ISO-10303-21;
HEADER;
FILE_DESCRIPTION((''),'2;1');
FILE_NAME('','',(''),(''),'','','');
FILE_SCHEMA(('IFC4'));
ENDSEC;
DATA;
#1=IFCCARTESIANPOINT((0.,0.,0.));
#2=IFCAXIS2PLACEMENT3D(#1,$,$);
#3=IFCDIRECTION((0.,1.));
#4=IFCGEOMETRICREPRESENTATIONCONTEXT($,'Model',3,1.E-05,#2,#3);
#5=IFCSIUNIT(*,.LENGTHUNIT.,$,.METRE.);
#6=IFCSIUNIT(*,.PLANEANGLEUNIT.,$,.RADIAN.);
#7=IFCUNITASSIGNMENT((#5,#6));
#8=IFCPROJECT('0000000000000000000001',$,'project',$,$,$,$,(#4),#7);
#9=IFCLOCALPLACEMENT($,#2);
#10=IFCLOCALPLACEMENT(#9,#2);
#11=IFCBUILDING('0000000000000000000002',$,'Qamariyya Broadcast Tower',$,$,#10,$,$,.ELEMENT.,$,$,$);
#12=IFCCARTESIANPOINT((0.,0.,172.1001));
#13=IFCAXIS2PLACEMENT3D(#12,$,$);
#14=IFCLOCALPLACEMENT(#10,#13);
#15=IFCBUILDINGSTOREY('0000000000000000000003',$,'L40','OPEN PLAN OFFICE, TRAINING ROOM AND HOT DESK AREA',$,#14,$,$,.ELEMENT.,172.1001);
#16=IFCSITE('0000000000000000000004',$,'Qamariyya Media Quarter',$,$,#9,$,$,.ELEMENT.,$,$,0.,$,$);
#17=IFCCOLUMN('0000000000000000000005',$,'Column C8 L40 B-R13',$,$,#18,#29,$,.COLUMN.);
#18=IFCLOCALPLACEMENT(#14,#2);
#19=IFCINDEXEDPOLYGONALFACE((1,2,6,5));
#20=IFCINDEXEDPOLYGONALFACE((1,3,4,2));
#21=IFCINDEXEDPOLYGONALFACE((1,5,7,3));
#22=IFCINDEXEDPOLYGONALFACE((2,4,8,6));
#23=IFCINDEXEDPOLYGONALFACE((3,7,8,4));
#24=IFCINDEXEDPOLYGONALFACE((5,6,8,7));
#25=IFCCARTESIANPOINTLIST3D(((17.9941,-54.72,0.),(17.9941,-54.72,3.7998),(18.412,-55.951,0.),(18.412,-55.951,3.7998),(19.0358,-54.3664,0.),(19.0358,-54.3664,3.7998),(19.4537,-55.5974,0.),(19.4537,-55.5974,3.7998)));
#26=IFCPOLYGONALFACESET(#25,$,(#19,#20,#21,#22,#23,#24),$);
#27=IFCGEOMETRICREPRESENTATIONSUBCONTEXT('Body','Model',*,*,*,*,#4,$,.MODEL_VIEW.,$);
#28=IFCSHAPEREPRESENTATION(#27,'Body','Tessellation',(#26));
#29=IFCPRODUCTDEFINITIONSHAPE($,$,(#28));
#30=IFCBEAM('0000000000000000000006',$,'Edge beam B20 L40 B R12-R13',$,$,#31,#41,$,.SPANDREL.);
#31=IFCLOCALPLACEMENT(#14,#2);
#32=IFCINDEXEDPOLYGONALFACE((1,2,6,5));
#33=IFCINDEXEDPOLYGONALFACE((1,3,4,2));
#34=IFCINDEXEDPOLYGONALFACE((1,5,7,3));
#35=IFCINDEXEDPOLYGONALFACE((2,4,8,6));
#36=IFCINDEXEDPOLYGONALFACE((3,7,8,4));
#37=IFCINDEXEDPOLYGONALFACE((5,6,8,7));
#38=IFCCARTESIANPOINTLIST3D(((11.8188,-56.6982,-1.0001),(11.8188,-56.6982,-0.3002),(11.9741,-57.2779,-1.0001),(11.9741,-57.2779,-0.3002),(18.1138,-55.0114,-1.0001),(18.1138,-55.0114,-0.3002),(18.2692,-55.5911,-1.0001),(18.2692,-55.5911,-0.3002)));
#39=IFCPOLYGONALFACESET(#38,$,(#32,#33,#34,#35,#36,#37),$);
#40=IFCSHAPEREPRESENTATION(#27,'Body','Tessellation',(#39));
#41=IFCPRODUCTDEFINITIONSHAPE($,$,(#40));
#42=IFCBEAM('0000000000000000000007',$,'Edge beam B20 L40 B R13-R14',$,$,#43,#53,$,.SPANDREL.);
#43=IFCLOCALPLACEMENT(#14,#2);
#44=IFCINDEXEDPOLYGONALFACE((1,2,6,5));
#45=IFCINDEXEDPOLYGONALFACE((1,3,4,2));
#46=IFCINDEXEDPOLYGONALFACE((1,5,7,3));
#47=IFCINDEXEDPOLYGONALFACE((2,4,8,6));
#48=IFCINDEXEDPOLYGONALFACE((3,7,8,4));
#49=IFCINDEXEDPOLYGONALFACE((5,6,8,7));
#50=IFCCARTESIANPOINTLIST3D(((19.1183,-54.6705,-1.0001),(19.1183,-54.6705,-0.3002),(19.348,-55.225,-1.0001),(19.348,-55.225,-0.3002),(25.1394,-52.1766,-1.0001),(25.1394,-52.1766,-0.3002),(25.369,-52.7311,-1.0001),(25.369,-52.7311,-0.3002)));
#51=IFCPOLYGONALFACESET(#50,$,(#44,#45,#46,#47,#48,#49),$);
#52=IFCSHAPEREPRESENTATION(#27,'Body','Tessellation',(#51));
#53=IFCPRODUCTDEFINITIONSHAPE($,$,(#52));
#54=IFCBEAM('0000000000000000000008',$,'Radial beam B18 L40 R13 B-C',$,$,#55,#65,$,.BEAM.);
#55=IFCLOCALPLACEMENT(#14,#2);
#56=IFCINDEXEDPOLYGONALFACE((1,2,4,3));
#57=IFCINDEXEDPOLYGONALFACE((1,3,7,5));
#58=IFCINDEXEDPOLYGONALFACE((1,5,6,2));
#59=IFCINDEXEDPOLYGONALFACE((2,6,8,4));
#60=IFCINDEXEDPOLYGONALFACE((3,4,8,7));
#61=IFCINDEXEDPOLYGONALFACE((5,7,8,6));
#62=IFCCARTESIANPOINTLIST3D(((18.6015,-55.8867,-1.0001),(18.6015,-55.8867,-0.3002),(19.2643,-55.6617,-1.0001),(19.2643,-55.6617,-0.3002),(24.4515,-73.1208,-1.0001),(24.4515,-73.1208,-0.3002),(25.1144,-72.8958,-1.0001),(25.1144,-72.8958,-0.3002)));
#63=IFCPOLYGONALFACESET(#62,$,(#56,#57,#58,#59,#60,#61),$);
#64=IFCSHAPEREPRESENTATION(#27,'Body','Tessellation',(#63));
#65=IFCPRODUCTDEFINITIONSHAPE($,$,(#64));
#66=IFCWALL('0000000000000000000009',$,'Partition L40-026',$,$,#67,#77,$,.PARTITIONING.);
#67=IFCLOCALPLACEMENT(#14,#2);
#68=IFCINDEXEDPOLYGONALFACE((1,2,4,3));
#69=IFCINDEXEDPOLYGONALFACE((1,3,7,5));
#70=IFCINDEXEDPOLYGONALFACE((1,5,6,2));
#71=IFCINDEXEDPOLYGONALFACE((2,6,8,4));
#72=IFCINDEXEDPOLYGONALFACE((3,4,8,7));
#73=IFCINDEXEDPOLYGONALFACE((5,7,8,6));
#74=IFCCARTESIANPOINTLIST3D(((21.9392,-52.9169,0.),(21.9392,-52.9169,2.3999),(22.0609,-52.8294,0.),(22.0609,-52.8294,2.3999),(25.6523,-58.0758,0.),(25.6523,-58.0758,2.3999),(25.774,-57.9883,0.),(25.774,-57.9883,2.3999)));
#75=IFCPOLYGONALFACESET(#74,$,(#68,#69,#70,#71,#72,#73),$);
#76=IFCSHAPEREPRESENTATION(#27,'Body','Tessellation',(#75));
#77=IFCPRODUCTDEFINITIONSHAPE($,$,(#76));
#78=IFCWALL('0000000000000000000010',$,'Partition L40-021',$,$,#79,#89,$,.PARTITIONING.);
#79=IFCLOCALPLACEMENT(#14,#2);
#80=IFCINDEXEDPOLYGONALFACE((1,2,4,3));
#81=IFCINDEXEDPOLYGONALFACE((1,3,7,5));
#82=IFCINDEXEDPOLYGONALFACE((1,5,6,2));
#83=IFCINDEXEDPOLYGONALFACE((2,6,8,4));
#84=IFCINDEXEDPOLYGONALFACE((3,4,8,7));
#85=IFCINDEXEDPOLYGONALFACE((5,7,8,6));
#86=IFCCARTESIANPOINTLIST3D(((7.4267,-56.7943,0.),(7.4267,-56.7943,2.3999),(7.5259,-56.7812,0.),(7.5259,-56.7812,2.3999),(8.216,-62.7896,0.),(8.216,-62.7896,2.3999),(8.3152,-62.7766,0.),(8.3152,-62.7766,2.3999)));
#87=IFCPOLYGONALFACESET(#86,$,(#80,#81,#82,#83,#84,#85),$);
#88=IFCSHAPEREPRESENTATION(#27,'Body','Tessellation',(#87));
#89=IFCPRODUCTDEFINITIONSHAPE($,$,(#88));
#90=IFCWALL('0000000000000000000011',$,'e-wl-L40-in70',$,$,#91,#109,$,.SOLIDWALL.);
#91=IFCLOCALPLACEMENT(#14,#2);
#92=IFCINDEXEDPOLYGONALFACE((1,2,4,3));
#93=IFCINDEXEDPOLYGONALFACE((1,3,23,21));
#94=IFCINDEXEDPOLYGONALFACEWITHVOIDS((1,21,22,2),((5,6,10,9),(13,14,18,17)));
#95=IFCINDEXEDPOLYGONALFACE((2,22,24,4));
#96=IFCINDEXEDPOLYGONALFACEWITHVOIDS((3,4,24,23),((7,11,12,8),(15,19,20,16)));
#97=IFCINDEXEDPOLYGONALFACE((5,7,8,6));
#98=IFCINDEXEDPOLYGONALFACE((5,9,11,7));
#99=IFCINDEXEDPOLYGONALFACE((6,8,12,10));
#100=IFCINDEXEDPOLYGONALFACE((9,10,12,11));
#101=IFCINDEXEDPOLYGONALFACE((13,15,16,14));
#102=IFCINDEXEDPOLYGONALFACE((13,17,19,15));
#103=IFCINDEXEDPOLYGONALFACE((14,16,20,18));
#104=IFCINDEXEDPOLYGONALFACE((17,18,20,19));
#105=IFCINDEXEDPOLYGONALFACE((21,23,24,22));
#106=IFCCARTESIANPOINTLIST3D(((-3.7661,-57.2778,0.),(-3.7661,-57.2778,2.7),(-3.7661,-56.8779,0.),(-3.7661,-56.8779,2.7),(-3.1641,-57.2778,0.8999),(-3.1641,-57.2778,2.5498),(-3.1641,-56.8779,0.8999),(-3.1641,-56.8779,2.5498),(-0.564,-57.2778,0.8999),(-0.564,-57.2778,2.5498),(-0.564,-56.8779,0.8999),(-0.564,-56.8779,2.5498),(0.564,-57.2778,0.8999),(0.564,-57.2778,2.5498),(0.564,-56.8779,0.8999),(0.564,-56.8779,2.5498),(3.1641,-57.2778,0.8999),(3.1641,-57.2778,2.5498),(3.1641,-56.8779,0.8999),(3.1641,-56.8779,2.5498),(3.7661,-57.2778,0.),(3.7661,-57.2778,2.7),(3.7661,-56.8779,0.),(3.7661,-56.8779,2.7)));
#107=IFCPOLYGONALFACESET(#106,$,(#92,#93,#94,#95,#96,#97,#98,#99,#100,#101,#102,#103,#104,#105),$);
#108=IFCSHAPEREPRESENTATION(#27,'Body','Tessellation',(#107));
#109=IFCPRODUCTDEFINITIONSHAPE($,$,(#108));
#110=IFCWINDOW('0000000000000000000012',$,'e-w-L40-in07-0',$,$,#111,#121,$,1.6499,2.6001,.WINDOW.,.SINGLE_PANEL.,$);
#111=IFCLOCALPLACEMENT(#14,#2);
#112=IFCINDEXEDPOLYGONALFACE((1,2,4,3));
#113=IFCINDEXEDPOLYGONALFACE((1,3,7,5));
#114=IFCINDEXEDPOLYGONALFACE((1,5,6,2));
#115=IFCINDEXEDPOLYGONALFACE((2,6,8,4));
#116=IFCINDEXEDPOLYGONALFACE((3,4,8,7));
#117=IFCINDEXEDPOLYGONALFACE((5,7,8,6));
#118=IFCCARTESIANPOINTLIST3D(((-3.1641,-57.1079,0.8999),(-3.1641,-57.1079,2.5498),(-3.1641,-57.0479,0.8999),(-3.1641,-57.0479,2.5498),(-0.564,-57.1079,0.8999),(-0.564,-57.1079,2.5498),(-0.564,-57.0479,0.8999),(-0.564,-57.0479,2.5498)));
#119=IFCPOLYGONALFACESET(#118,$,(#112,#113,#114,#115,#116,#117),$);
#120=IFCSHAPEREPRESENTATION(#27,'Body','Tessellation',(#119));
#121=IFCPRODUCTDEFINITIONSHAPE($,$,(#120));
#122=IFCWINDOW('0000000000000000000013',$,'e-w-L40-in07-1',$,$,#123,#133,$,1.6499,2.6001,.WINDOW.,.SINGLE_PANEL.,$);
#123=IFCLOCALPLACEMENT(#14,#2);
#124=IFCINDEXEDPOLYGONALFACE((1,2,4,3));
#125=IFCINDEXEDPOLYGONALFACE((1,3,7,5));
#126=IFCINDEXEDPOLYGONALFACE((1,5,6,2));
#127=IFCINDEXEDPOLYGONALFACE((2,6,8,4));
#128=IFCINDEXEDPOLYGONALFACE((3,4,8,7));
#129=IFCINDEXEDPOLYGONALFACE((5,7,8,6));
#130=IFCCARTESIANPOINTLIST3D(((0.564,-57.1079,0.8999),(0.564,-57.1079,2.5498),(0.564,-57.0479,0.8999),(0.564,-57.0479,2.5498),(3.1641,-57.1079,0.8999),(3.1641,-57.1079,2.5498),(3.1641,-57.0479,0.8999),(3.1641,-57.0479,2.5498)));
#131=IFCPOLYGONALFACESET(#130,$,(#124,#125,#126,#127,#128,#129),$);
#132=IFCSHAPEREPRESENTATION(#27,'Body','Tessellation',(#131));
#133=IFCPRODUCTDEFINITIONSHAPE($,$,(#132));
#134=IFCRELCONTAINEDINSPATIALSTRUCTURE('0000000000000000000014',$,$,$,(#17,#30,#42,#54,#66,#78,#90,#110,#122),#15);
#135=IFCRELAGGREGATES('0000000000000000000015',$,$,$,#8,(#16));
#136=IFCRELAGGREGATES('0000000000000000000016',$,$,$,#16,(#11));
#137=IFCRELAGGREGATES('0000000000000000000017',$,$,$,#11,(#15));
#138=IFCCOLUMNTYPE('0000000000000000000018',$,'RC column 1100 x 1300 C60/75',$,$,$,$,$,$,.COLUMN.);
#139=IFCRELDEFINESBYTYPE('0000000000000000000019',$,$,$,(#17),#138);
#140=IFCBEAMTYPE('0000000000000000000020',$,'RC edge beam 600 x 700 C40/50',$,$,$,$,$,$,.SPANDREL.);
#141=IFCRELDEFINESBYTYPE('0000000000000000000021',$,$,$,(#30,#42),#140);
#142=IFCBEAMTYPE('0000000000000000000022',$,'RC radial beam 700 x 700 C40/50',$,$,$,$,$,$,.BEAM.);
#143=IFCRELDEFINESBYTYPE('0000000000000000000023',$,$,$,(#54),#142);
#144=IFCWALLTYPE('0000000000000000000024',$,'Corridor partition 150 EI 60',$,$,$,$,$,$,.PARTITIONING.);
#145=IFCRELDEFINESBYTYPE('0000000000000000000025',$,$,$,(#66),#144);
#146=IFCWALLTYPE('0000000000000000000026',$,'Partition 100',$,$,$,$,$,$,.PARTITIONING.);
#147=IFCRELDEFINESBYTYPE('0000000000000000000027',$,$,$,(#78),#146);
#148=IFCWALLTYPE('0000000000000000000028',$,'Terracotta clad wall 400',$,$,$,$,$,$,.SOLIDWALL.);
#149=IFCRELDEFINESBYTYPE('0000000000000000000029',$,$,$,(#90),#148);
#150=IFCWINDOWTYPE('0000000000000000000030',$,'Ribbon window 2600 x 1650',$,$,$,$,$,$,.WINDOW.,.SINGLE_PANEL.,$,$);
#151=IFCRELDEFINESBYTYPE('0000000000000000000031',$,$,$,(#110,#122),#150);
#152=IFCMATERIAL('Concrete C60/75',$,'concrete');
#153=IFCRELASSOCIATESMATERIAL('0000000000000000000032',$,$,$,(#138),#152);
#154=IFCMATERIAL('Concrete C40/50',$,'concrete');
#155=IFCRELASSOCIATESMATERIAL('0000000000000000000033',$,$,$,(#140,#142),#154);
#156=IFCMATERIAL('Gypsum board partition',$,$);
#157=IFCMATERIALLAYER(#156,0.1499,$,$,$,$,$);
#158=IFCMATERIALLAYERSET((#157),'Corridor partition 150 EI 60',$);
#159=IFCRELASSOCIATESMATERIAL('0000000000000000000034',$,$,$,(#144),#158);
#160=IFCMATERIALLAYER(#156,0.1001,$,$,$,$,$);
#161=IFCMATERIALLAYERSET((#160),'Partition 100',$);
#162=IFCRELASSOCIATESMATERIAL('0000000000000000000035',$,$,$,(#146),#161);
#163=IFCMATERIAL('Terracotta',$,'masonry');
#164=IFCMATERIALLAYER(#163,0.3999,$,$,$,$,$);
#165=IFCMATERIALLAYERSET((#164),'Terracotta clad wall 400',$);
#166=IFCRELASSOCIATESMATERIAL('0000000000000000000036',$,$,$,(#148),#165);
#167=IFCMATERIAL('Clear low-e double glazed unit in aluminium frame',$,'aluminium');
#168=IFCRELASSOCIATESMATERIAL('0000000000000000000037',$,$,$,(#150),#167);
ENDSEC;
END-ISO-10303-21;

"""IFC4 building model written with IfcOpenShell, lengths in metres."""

from ifc_helpers import new_model, si_unit, direction, frame, frame_2d, origin, origin_2d, place, context, subcontext, project, spatial, rectangle, extrude, material, layer, layer_set, material_profile, profile_set, type_object, element, fill, save


model = new_model("IFC4")

# Units and contexts
model_context = context("Model", 3, precision=1e-05, world=origin(), true_north=direction((0.0, 1.0)))
body_context = subcontext(model_context, "Body", "Model", "MODEL_VIEW")
ifc_project = project(units=[si_unit("LENGTHUNIT", "METRE"), si_unit("PLANEANGLEUNIT", "RADIAN")], contexts=[model_context])

# Site, building, storey
site_placement = place(None, origin())
site = spatial("IfcSite", under=ifc_project, at=site_placement, Name="Qamariyya Media Quarter", CompositionType="ELEMENT", RefElevation=0.0)
building_placement = place(site_placement, origin())
building = spatial("IfcBuilding", under=site, at=building_placement, Name="Qamariyya Broadcast Tower", CompositionType="ELEMENT")
storey_placement = place(building_placement, frame((0.0, 0.0, 172.1001)))
storey = spatial("IfcBuildingStorey", under=building, at=storey_placement, Name="L40", Description="OPEN PLAN OFFICE, TRAINING ROOM AND HOT DESK AREA", CompositionType="ELEMENT", Elevation=172.1001)

# Column
ifc_material_1 = material(Name="Concrete C60/75", Category="concrete")
ifc_material_profile_1 = material_profile(ifc_material_1, rectangle(XDim=1.1001, YDim=1.3, at=origin_2d()))
ifc_profile_set_1 = profile_set([ifc_material_profile_1], Name="Concrete C60/75")
column_type = type_object("IfcColumnType", Name="RC column 1100 x 1300 C60/75", PredefinedType="COLUMN", material=ifc_profile_set_1)
column_placement = place(storey_placement, frame((18.7239, -55.1587, 0.0), z_axis=(0.0, 0.0, 1.0), x_axis=(0.94693, 0.321439, 0.0)))
element("IfcColumn", 1, at=column_placement, inside=storey, type_object=column_type, Name="Column C8 L40 B-R13", PredefinedType="COLUMN", context=body_context, shape_type="SweptSolid", body=[
    extrude(rectangle(XDim=1.1001, YDim=1.3, at=origin_2d()), origin(), (0.0, 0.0, 1.0), 3.7998),
])

# Beams
ifc_material_2 = material(Name="Concrete C40/50", Category="concrete")
ifc_material_profile_2 = material_profile(ifc_material_2, rectangle(XDim=0.6001, YDim=0.7, at=origin_2d()))
ifc_profile_set_2 = profile_set([ifc_material_profile_2], Name="Concrete C40/50")
beam_type_1 = type_object("IfcBeamType", Name="RC edge beam 600 x 700 C40/50", PredefinedType="SPANDREL", material=ifc_profile_set_2)
for number, where, z_axis, x_axis, name in (
    (2, (11.8965, -56.988, -0.6501), (0.965924, 0.258826, 0.0), (-0.258826, 0.965924, 0.0), "Edge beam B20 L40 B R12-R13"),
    (3, (19.2332, -54.9478, -0.6501), (0.923884, 0.382673, 0.0), (-0.382673, 0.923884, 0.0), "Edge beam B20 L40 B R13-R14"),
):
    element("IfcBeam", number, at=place(storey_placement, frame(where, z_axis=z_axis, x_axis=x_axis)), inside=storey, type_object=beam_type_1, Name=name, PredefinedType="SPANDREL", context=body_context, shape_type="SweptSolid", body=[
        extrude(rectangle(XDim=0.6001, YDim=0.7, at=origin_2d()), origin(), (0.0, 0.0, 1.0), 6.5171),
    ])
ifc_material_profile_3 = material_profile(ifc_material_2, rectangle(XDim=0.7, YDim=0.7, at=origin_2d()))
ifc_profile_set_3 = profile_set([ifc_material_profile_3], Name="Concrete C40/50")
beam_type_2 = type_object("IfcBeamType", Name="RC radial beam 700 x 700 C40/50", PredefinedType="BEAM", material=ifc_profile_set_3)
beam_placement = place(storey_placement, frame((18.9329, -55.7742, -0.6501), z_axis=(0.321434, -0.946932, 0.0), x_axis=(0.946932, 0.321434, 0.0)))
element("IfcBeam", 4, at=beam_placement, inside=storey, type_object=beam_type_2, Name="Radial beam B18 L40 R13 B-C", PredefinedType="BEAM", context=body_context, shape_type="SweptSolid", body=[
    extrude(rectangle(XDim=0.7, YDim=0.7, at=origin_2d()), origin(), (0.0, 0.0, 1.0), 18.2),
])

# Walls
ifc_material_3 = material(Name="Gypsum board partition")
ifc_layer_1 = layer(ifc_material_3, 0.1499)
ifc_layer_set_1 = layer_set([ifc_layer_1], Name="Corridor partition 150 EI 60")
wall_type_1 = type_object("IfcWallType", Name="Corridor partition 150 EI 60", PredefinedType="PARTITIONING", material=ifc_layer_set_1)
wall_1_placement = place(storey_placement, frame((22.0, -52.873, 0.0), z_axis=(0.0, 0.0, 1.0), x_axis=(0.58417, -0.811631, 0.0)))
element("IfcWall", 5, at=wall_1_placement, inside=storey, type_object=wall_type_1, Name="Partition L40-026", PredefinedType="PARTITIONING", context=body_context, shape_type="SweptSolid", body=[
    extrude(rectangle(XDim=6.3562, YDim=0.1499, at=frame_2d((3.1782, 0.0))), origin(), (0.0, 0.0, 1.0), 2.3999),
])
ifc_layer_2 = layer(ifc_material_3, 0.1001)
ifc_layer_set_2 = layer_set([ifc_layer_2], Name="Partition 100")
wall_type_2 = type_object("IfcWallType", Name="Partition 100", PredefinedType="PARTITIONING", material=ifc_layer_set_2)
wall_2_placement = place(storey_placement, frame((7.4763, -56.7878, 0.0), z_axis=(0.0, 0.0, 1.0), x_axis=(0.130527, -0.991445, 0.0)))
element("IfcWall", 6, at=wall_2_placement, inside=storey, type_object=wall_type_2, Name="Partition L40-021", PredefinedType="PARTITIONING", context=body_context, shape_type="SweptSolid", body=[
    extrude(rectangle(XDim=6.0471, YDim=0.1001, at=frame_2d((3.0234, 0.0))), origin(), (0.0, 0.0, 1.0), 2.3999),
])

# Wall, openings, windows
ifc_material_4 = material(Name="Terracotta", Category="masonry")
ifc_layer_3 = layer(ifc_material_4, 0.3999)
ifc_layer_set_3 = layer_set([ifc_layer_3], Name="Terracotta clad wall 400")
wall_type_3 = type_object("IfcWallType", Name="Terracotta clad wall 400", PredefinedType="SOLIDWALL", material=ifc_layer_set_3)
wall_3_placement = place(storey_placement, frame((3.7661, -57.0779, 0.0), z_axis=(0.0, 0.0, 1.0), x_axis=(-1.0, 0.0, 0.0)))
wall_3 = element("IfcWall", 7, at=wall_3_placement, inside=storey, type_object=wall_type_3, Name="e-wl-L40-in70", PredefinedType="SOLIDWALL", context=body_context, shape_type="SweptSolid", body=[
    extrude(rectangle(XDim=7.5322, YDim=0.3999, at=frame_2d((3.7661, 0.0))), origin(), (0.0, 0.0, 1.0), 2.7),
])
opening_1_placement = place(wall_3_placement, frame((4.3301, 0.0, 0.8999)))
opening_1 = element("IfcOpeningElement", 8, at=opening_1_placement, cuts=wall_3, PredefinedType="OPENING", context=body_context, shape_type="SweptSolid", body=[
    extrude(rectangle(XDim=2.6001, YDim=1.6499, at=frame_2d((1.3, 0.825))), frame((0.0, 0.21, 0.0), z_axis=(0.0, -1.0, 0.0), x_axis=(1.0, 0.0, 0.0)), (0.0, 0.0, 1.0), 0.4199),
])
opening_2_placement = place(wall_3_placement, frame((0.6021, 0.0, 0.8999)))
opening_2 = element("IfcOpeningElement", 9, at=opening_2_placement, cuts=wall_3, PredefinedType="OPENING", context=body_context, shape_type="SweptSolid", body=[
    extrude(rectangle(XDim=2.6001, YDim=1.6499, at=frame_2d((1.3, 0.825))), frame((0.0, 0.21, 0.0), z_axis=(0.0, -1.0, 0.0), x_axis=(1.0, 0.0, 0.0)), (0.0, 0.0, 1.0), 0.4199),
])
ifc_material_5 = material(Name="Clear low-e double glazed unit in aluminium frame", Category="aluminium")
window_type = type_object("IfcWindowType", Name="Ribbon window 2600 x 1650", PartitioningType="SINGLE_PANEL", PredefinedType="WINDOW", material=ifc_material_5)
window_1_placement = place(opening_1_placement, origin())
window_1 = element("IfcWindow", 10, at=window_1_placement, inside=storey, type_object=window_type, Name="e-w-L40-in07-0", OverallHeight=1.6499, OverallWidth=2.6001, PartitioningType="SINGLE_PANEL", PredefinedType="WINDOW", context=body_context, shape_type="SweptSolid", body=[
    extrude(rectangle(XDim=2.6001, YDim=1.6499, at=frame_2d((1.3, 0.825))), frame((0.0, 0.03, 0.0), z_axis=(0.0, -1.0, 0.0), x_axis=(1.0, 0.0, 0.0)), (0.0, 0.0, 1.0), 0.0601),
])
fill(opening_1, window_1)
window_2_placement = place(opening_2_placement, origin())
window_2 = element("IfcWindow", 11, at=window_2_placement, inside=storey, type_object=window_type, Name="e-w-L40-in07-1", OverallHeight=1.6499, OverallWidth=2.6001, PartitioningType="SINGLE_PANEL", PredefinedType="WINDOW", context=body_context, shape_type="SweptSolid", body=[
    extrude(rectangle(XDim=2.6001, YDim=1.6499, at=frame_2d((1.3, 0.825))), frame((0.0, 0.03, 0.0), z_axis=(0.0, -1.0, 0.0), x_axis=(1.0, 0.0, 0.0)), (0.0, 0.0, 1.0), 0.0601),
])
fill(opening_2, window_2)

save(model, "model.ifc")
